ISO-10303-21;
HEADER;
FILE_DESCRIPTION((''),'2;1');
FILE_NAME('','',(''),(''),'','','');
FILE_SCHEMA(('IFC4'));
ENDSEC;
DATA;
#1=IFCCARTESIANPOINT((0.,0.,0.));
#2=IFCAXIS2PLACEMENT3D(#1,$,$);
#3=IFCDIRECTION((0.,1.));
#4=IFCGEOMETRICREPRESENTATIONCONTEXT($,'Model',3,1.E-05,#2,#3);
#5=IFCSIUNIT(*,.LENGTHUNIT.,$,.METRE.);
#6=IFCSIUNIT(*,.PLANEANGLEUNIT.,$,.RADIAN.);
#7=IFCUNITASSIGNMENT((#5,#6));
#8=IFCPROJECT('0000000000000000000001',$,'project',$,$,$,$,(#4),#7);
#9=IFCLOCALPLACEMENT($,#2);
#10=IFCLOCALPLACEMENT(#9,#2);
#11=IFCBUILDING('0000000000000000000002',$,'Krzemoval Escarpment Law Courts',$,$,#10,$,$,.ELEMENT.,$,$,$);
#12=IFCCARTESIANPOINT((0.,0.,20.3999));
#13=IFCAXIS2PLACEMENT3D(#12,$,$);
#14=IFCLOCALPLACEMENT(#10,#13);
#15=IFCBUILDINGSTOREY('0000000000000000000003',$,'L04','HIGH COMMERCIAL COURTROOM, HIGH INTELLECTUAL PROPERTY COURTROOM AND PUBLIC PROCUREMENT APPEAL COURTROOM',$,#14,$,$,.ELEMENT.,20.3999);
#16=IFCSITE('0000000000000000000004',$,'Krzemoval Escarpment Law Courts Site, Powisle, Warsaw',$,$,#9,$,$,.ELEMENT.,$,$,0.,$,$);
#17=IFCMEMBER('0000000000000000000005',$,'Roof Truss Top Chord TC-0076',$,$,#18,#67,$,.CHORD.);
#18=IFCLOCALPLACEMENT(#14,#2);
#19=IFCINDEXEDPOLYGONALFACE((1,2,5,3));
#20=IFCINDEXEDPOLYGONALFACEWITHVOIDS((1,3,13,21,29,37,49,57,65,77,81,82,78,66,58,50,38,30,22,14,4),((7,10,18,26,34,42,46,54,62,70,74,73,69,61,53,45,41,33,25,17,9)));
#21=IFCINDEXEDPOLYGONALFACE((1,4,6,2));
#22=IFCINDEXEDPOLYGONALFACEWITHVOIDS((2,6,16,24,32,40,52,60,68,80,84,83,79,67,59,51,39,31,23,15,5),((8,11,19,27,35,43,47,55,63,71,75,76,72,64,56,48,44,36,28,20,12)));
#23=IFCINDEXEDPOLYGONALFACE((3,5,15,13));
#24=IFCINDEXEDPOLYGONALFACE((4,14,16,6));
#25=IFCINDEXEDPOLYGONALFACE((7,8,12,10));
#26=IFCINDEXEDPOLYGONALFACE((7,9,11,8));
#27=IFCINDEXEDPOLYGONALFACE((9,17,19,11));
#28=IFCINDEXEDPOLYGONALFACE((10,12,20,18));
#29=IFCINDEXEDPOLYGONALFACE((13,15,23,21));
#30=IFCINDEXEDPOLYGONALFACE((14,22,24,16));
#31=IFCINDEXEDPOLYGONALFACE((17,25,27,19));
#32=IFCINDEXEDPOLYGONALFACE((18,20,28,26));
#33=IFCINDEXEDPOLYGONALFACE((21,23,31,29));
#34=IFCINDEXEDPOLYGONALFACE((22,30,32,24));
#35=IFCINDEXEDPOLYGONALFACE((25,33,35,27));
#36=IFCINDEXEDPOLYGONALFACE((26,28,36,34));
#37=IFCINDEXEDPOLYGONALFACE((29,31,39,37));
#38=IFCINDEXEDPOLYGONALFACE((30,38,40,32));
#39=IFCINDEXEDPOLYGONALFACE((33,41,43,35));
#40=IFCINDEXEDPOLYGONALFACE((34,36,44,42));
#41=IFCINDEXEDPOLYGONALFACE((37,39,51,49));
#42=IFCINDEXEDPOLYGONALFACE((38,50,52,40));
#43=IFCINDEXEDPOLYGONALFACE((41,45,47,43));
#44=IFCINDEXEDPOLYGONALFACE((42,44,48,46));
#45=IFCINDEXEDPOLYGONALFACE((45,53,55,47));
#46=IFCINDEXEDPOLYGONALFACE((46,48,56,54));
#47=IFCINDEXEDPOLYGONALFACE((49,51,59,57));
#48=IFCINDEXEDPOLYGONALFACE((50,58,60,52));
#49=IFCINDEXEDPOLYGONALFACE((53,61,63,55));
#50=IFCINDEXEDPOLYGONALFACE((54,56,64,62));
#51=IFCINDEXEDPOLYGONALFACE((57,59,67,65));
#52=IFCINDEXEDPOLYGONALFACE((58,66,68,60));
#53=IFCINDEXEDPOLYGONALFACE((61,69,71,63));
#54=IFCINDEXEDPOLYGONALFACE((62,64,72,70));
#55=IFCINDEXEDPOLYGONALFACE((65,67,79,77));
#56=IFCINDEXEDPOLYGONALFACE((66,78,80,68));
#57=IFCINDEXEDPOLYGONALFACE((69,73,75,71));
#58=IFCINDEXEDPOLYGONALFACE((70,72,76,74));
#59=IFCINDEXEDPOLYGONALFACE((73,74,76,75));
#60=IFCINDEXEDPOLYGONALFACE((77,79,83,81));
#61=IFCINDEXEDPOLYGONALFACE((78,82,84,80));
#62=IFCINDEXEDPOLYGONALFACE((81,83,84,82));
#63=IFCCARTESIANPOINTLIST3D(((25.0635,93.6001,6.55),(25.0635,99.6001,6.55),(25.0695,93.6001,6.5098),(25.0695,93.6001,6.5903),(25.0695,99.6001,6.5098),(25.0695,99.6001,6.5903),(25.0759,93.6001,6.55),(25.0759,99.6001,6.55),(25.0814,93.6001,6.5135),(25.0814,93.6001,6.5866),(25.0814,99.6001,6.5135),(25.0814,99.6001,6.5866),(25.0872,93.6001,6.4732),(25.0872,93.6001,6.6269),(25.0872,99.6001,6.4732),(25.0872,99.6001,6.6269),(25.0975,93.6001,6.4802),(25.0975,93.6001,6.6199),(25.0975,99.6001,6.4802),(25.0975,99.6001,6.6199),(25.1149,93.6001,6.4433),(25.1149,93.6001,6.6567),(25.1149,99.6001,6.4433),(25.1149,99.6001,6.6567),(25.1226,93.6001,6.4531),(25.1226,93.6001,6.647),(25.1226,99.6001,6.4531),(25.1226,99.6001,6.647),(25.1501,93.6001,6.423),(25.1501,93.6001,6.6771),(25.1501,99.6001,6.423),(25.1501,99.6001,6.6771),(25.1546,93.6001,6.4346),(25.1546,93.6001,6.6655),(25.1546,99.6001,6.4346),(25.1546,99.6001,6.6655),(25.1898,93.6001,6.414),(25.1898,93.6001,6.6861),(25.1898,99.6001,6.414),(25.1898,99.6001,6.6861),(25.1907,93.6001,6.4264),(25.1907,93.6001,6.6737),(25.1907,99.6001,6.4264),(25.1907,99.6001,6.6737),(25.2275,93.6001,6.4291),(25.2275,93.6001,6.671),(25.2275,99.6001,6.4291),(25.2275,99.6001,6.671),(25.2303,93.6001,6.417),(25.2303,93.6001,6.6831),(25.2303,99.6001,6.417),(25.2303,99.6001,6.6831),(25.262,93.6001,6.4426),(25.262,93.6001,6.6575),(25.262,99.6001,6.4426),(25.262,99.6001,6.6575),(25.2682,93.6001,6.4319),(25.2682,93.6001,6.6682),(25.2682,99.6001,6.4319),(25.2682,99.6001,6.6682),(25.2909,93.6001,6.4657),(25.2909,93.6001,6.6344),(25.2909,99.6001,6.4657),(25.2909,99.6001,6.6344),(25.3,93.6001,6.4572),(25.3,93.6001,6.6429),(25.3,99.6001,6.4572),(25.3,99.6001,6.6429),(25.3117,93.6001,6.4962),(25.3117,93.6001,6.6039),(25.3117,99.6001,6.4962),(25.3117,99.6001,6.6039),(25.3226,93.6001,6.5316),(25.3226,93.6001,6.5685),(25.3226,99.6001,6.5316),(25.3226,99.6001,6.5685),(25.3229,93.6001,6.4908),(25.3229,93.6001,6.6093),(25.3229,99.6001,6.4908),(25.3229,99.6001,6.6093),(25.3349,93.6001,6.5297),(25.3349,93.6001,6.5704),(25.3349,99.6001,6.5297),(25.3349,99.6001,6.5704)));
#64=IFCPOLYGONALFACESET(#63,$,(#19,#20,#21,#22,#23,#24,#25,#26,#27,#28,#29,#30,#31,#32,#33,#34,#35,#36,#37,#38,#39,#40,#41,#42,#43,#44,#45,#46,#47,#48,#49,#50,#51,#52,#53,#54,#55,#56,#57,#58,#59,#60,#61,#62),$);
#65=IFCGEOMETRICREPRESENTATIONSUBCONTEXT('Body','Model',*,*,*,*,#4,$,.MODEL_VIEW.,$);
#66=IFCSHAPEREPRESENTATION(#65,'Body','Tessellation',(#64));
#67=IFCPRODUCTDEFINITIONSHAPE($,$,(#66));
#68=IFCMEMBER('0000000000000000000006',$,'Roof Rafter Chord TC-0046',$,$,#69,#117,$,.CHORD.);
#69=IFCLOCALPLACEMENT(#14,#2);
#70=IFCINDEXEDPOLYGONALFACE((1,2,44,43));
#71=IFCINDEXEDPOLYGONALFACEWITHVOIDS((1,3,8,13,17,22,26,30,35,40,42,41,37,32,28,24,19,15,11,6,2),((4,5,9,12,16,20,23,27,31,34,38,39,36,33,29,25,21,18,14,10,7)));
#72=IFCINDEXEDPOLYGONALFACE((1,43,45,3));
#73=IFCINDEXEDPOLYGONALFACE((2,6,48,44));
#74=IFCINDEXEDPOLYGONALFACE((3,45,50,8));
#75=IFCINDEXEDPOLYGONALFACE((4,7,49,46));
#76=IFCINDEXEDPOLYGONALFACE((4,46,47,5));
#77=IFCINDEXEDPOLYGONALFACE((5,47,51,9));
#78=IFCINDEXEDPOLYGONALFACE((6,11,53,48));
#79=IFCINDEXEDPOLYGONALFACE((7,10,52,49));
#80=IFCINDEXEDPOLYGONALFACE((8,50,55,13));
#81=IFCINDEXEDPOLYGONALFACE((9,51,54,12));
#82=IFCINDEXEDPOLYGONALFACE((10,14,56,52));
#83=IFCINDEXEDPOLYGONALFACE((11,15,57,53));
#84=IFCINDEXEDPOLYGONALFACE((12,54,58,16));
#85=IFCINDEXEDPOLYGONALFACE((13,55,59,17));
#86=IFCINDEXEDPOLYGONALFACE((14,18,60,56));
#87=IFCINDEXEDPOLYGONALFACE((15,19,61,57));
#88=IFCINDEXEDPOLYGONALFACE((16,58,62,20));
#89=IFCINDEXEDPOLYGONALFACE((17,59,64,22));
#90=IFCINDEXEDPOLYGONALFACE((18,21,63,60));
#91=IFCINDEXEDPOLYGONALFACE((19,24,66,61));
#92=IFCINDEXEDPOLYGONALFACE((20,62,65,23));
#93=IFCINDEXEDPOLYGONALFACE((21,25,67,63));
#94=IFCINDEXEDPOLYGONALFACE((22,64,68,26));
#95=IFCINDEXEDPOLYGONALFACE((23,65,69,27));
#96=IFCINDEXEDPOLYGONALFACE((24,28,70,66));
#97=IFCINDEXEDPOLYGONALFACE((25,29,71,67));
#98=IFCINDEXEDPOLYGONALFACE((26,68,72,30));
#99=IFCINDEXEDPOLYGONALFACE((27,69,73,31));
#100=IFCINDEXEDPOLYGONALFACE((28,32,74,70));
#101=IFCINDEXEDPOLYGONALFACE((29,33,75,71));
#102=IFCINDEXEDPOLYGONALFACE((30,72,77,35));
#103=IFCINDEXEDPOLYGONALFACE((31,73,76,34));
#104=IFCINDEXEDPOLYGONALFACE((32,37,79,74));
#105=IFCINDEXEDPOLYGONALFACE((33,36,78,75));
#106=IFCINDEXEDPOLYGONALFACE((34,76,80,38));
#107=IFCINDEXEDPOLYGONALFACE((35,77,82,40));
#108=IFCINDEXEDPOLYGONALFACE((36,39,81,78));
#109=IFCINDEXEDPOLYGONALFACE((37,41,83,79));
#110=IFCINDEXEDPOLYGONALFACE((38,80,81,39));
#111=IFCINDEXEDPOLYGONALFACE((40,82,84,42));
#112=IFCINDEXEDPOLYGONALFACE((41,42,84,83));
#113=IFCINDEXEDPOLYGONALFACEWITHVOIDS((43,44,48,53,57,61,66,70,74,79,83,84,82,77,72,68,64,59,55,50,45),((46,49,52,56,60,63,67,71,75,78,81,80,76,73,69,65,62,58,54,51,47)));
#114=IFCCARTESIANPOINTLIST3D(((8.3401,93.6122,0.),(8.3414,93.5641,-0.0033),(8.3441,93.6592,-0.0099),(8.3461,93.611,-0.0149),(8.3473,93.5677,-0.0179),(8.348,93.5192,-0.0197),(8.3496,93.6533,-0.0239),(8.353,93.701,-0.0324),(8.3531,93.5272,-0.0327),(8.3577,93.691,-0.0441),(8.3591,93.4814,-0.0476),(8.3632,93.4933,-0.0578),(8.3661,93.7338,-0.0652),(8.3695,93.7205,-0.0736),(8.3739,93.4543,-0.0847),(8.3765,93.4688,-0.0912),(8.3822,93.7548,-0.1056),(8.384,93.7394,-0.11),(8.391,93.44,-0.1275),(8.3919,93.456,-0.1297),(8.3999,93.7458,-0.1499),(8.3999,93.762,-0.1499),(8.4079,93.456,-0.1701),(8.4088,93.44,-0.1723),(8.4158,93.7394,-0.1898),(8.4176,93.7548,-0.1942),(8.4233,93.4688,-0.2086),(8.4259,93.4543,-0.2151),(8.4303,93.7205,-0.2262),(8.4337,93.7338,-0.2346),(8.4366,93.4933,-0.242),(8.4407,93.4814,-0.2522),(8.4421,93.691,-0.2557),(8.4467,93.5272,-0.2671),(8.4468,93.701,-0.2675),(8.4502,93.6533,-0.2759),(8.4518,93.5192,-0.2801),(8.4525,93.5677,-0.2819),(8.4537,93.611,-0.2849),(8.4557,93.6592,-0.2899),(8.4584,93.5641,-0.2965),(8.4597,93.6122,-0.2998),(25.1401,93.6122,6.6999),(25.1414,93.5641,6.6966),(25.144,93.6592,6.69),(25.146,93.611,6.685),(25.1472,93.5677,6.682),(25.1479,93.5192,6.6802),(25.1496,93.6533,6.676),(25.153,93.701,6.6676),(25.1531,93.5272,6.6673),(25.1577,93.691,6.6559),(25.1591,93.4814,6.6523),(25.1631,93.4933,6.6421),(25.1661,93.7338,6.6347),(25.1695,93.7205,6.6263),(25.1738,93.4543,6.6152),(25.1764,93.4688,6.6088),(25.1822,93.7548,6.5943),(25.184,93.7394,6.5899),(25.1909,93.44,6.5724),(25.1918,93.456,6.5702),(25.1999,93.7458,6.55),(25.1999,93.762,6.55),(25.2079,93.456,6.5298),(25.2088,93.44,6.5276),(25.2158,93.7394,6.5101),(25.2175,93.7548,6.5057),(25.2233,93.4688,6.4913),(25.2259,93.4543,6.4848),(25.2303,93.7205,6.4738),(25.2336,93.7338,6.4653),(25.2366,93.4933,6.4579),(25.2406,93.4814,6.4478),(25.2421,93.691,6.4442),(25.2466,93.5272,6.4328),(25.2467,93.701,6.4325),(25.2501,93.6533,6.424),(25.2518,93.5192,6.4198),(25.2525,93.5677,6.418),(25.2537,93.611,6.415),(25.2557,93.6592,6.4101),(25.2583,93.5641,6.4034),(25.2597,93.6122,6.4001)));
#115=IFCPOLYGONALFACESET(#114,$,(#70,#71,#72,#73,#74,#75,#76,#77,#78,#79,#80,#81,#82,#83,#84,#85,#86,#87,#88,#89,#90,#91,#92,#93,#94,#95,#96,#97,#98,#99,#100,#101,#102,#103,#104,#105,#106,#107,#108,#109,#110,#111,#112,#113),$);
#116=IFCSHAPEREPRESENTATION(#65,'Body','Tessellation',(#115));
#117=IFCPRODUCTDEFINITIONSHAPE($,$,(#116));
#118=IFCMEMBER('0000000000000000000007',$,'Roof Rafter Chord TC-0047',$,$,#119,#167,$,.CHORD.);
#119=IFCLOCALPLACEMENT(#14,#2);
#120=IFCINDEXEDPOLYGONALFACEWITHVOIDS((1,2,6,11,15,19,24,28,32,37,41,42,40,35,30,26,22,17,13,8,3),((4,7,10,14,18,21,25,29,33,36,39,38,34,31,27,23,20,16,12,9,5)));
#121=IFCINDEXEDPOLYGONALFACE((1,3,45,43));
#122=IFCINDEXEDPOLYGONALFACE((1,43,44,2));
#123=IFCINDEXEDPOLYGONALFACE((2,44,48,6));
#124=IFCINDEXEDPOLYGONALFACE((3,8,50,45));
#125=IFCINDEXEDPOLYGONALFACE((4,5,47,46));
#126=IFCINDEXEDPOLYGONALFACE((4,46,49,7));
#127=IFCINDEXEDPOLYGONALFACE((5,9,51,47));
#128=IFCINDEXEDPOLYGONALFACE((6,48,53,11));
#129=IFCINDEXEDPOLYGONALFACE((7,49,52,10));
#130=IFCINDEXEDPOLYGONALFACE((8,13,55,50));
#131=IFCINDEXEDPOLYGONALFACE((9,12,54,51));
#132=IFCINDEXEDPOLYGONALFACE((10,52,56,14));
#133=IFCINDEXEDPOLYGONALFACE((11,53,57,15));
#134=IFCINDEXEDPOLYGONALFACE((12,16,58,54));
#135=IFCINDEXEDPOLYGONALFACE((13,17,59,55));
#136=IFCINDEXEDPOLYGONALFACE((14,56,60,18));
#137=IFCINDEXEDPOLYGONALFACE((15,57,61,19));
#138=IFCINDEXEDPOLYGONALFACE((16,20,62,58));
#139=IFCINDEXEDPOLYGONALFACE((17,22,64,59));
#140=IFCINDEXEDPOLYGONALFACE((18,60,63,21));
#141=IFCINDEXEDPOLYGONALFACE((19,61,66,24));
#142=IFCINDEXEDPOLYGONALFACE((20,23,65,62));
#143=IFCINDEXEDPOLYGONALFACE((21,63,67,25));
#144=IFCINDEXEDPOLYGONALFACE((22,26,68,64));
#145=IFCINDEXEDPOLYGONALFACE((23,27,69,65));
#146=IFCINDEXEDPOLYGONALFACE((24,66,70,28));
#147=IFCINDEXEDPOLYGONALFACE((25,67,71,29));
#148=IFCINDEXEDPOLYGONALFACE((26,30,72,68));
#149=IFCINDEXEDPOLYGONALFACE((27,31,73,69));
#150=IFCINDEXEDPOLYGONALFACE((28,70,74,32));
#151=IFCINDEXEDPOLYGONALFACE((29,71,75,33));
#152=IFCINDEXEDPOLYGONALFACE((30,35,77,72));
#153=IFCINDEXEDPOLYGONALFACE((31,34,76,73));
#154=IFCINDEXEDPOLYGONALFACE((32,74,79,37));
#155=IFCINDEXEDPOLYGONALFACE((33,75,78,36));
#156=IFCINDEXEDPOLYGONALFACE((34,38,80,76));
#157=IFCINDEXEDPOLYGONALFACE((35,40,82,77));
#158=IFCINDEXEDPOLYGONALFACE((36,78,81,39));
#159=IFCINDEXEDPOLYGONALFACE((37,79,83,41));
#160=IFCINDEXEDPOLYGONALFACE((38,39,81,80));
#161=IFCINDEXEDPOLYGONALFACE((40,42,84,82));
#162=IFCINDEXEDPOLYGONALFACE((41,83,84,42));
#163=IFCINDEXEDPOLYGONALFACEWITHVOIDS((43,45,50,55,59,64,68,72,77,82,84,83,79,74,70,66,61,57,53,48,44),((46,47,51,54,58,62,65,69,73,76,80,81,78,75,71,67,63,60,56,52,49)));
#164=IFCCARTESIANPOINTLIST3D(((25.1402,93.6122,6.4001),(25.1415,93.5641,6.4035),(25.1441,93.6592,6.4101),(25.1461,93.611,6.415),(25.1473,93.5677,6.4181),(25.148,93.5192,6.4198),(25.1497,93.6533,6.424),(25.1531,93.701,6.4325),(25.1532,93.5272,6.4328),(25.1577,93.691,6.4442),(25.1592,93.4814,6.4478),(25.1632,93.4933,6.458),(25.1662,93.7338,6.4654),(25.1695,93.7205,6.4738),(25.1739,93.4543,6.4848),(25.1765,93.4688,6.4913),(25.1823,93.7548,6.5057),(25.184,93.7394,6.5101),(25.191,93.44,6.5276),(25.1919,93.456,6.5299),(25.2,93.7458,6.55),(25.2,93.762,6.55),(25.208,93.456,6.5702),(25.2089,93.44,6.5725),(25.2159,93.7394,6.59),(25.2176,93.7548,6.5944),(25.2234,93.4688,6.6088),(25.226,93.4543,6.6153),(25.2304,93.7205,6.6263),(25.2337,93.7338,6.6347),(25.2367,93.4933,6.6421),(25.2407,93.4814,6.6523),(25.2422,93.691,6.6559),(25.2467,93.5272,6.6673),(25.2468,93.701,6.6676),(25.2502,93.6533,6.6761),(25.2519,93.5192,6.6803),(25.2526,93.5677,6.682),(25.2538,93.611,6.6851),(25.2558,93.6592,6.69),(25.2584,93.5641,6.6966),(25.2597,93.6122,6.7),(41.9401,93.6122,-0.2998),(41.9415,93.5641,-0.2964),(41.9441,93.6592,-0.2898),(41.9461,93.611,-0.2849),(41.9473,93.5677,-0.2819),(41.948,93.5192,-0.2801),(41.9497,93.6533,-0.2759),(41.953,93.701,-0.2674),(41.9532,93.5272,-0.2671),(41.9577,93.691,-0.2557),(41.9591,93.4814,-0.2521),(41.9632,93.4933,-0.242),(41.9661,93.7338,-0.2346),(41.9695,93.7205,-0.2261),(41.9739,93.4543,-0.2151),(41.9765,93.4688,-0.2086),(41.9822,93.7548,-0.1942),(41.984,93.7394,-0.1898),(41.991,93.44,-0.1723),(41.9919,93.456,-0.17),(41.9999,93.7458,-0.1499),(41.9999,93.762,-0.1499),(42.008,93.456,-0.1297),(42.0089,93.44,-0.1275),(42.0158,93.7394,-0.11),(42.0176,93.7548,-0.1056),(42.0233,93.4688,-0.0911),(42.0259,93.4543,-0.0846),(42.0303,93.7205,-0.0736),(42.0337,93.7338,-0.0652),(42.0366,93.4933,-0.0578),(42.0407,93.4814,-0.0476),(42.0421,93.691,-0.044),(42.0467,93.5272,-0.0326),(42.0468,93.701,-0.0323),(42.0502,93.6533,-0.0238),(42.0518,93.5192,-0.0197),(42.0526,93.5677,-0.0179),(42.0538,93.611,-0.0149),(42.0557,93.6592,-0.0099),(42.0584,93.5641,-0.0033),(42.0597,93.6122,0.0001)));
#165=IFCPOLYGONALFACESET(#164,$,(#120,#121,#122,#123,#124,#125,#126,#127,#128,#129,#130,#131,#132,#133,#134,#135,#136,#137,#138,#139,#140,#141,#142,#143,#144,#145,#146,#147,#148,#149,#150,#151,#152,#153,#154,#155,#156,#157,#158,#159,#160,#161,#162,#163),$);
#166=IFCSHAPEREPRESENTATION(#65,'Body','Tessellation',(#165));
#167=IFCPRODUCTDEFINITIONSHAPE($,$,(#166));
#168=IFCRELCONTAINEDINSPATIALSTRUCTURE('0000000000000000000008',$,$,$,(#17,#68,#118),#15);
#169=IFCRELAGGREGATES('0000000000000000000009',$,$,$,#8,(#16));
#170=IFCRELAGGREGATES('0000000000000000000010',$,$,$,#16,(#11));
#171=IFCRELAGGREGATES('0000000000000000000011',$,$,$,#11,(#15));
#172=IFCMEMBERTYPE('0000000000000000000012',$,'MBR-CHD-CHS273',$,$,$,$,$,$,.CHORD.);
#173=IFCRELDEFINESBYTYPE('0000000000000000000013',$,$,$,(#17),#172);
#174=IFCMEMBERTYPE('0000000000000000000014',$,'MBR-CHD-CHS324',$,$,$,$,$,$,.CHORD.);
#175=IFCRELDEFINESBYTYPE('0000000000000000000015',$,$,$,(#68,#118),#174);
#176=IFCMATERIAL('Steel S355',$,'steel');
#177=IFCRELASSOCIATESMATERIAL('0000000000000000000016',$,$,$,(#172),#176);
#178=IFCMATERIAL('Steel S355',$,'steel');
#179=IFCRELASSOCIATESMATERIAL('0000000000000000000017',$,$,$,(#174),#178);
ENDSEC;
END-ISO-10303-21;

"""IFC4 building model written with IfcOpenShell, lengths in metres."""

from ifc_helpers import new_model, si_unit, direction, frame, origin, origin_2d, place, context, subcontext, project, spatial, hollow_circle, extrude, material, material_profile, profile_set, type_object, element, save


model = new_model("IFC4")

# Units and contexts
model_context = context("Model", 3, precision=1e-05, world=origin(), true_north=direction((0.0, 1.0)))
body_context = subcontext(model_context, "Body", "Model", "MODEL_VIEW")
ifc_project = project(units=[si_unit("LENGTHUNIT", "METRE"), si_unit("PLANEANGLEUNIT", "RADIAN")], contexts=[model_context])

# Site, building, storey
site_placement = place(None, origin())
site = spatial("IfcSite", under=ifc_project, at=site_placement, Name="Krzemoval Escarpment Law Courts Site, Powisle, Warsaw", CompositionType="ELEMENT", RefElevation=0.0)
building_placement = place(site_placement, origin())
building = spatial("IfcBuilding", under=site, at=building_placement, Name="Krzemoval Escarpment Law Courts", CompositionType="ELEMENT")
storey_placement = place(building_placement, frame((0.0, 0.0, 20.3999)))
storey = spatial("IfcBuildingStorey", under=building, at=storey_placement, Name="L04", Description="HIGH COMMERCIAL COURTROOM, HIGH INTELLECTUAL PROPERTY COURTROOM AND PUBLIC PROCUREMENT APPEAL COURTROOM", CompositionType="ELEMENT", Elevation=20.3999)

# Members
ifc_material_1 = material(Name="Steel S355", Category="steel")
ifc_material_profile_1 = material_profile(ifc_material_1, hollow_circle(Radius=0.1365, WallThickness=0.0125, at=origin_2d()), Name="CHS 273x12.5")
ifc_profile_set_1 = profile_set([ifc_material_profile_1], Name="Steel S355")
member_type_1 = type_object("IfcMemberType", Name="MBR-CHD-CHS273", PredefinedType="CHORD", material=ifc_profile_set_1)
member_1_placement = place(storey_placement, frame((25.2, 93.6001, 6.55), z_axis=(0.0, 1.0, 0.0), x_axis=(-1.0, 0.0, 0.0)))
element("IfcMember", 1, at=member_1_placement, inside=storey, type_object=member_type_1, Name="Roof Truss Top Chord TC-0076", PredefinedType="CHORD", context=body_context, shape_type="SweptSolid", body=[
    extrude(hollow_circle(Radius=0.1365, WallThickness=0.0125, at=origin_2d()), origin(), (0.0, 0.0, 1.0), 6.0),
])
ifc_material_2 = material(Name="Steel S355", Category="steel")
ifc_material_profile_2 = material_profile(ifc_material_2, hollow_circle(Radius=0.1619, WallThickness=0.0161, at=origin_2d()), Name="CHS 323.9x16")
ifc_profile_set_2 = profile_set([ifc_material_profile_2], Name="Steel S355")
member_type_2 = type_object("IfcMemberType", Name="MBR-CHD-CHS324", PredefinedType="CHORD", material=ifc_profile_set_2)
for number, where, z_axis, x_axis, name in (
    (2, (8.3999, 93.6001, -0.1499), (0.928859, 0.0, 0.370434), (0.0, 1.0, 0.0), "Roof Rafter Chord TC-0046"),
    (3, (25.2, 93.6001, 6.55), (0.928859, 0.0, -0.370434), (0.0, 1.0, 0.0), "Roof Rafter Chord TC-0047"),
):
    element("IfcMember", number, at=place(storey_placement, frame(where, z_axis=z_axis, x_axis=x_axis)), inside=storey, type_object=member_type_2, Name=name, PredefinedType="CHORD", context=body_context, shape_type="SweptSolid", body=[
        extrude(hollow_circle(Radius=0.1619, WallThickness=0.0161, at=origin_2d()), origin(), (0.0, 0.0, 1.0), 18.0867),
    ])

save(model, "model.ifc")
